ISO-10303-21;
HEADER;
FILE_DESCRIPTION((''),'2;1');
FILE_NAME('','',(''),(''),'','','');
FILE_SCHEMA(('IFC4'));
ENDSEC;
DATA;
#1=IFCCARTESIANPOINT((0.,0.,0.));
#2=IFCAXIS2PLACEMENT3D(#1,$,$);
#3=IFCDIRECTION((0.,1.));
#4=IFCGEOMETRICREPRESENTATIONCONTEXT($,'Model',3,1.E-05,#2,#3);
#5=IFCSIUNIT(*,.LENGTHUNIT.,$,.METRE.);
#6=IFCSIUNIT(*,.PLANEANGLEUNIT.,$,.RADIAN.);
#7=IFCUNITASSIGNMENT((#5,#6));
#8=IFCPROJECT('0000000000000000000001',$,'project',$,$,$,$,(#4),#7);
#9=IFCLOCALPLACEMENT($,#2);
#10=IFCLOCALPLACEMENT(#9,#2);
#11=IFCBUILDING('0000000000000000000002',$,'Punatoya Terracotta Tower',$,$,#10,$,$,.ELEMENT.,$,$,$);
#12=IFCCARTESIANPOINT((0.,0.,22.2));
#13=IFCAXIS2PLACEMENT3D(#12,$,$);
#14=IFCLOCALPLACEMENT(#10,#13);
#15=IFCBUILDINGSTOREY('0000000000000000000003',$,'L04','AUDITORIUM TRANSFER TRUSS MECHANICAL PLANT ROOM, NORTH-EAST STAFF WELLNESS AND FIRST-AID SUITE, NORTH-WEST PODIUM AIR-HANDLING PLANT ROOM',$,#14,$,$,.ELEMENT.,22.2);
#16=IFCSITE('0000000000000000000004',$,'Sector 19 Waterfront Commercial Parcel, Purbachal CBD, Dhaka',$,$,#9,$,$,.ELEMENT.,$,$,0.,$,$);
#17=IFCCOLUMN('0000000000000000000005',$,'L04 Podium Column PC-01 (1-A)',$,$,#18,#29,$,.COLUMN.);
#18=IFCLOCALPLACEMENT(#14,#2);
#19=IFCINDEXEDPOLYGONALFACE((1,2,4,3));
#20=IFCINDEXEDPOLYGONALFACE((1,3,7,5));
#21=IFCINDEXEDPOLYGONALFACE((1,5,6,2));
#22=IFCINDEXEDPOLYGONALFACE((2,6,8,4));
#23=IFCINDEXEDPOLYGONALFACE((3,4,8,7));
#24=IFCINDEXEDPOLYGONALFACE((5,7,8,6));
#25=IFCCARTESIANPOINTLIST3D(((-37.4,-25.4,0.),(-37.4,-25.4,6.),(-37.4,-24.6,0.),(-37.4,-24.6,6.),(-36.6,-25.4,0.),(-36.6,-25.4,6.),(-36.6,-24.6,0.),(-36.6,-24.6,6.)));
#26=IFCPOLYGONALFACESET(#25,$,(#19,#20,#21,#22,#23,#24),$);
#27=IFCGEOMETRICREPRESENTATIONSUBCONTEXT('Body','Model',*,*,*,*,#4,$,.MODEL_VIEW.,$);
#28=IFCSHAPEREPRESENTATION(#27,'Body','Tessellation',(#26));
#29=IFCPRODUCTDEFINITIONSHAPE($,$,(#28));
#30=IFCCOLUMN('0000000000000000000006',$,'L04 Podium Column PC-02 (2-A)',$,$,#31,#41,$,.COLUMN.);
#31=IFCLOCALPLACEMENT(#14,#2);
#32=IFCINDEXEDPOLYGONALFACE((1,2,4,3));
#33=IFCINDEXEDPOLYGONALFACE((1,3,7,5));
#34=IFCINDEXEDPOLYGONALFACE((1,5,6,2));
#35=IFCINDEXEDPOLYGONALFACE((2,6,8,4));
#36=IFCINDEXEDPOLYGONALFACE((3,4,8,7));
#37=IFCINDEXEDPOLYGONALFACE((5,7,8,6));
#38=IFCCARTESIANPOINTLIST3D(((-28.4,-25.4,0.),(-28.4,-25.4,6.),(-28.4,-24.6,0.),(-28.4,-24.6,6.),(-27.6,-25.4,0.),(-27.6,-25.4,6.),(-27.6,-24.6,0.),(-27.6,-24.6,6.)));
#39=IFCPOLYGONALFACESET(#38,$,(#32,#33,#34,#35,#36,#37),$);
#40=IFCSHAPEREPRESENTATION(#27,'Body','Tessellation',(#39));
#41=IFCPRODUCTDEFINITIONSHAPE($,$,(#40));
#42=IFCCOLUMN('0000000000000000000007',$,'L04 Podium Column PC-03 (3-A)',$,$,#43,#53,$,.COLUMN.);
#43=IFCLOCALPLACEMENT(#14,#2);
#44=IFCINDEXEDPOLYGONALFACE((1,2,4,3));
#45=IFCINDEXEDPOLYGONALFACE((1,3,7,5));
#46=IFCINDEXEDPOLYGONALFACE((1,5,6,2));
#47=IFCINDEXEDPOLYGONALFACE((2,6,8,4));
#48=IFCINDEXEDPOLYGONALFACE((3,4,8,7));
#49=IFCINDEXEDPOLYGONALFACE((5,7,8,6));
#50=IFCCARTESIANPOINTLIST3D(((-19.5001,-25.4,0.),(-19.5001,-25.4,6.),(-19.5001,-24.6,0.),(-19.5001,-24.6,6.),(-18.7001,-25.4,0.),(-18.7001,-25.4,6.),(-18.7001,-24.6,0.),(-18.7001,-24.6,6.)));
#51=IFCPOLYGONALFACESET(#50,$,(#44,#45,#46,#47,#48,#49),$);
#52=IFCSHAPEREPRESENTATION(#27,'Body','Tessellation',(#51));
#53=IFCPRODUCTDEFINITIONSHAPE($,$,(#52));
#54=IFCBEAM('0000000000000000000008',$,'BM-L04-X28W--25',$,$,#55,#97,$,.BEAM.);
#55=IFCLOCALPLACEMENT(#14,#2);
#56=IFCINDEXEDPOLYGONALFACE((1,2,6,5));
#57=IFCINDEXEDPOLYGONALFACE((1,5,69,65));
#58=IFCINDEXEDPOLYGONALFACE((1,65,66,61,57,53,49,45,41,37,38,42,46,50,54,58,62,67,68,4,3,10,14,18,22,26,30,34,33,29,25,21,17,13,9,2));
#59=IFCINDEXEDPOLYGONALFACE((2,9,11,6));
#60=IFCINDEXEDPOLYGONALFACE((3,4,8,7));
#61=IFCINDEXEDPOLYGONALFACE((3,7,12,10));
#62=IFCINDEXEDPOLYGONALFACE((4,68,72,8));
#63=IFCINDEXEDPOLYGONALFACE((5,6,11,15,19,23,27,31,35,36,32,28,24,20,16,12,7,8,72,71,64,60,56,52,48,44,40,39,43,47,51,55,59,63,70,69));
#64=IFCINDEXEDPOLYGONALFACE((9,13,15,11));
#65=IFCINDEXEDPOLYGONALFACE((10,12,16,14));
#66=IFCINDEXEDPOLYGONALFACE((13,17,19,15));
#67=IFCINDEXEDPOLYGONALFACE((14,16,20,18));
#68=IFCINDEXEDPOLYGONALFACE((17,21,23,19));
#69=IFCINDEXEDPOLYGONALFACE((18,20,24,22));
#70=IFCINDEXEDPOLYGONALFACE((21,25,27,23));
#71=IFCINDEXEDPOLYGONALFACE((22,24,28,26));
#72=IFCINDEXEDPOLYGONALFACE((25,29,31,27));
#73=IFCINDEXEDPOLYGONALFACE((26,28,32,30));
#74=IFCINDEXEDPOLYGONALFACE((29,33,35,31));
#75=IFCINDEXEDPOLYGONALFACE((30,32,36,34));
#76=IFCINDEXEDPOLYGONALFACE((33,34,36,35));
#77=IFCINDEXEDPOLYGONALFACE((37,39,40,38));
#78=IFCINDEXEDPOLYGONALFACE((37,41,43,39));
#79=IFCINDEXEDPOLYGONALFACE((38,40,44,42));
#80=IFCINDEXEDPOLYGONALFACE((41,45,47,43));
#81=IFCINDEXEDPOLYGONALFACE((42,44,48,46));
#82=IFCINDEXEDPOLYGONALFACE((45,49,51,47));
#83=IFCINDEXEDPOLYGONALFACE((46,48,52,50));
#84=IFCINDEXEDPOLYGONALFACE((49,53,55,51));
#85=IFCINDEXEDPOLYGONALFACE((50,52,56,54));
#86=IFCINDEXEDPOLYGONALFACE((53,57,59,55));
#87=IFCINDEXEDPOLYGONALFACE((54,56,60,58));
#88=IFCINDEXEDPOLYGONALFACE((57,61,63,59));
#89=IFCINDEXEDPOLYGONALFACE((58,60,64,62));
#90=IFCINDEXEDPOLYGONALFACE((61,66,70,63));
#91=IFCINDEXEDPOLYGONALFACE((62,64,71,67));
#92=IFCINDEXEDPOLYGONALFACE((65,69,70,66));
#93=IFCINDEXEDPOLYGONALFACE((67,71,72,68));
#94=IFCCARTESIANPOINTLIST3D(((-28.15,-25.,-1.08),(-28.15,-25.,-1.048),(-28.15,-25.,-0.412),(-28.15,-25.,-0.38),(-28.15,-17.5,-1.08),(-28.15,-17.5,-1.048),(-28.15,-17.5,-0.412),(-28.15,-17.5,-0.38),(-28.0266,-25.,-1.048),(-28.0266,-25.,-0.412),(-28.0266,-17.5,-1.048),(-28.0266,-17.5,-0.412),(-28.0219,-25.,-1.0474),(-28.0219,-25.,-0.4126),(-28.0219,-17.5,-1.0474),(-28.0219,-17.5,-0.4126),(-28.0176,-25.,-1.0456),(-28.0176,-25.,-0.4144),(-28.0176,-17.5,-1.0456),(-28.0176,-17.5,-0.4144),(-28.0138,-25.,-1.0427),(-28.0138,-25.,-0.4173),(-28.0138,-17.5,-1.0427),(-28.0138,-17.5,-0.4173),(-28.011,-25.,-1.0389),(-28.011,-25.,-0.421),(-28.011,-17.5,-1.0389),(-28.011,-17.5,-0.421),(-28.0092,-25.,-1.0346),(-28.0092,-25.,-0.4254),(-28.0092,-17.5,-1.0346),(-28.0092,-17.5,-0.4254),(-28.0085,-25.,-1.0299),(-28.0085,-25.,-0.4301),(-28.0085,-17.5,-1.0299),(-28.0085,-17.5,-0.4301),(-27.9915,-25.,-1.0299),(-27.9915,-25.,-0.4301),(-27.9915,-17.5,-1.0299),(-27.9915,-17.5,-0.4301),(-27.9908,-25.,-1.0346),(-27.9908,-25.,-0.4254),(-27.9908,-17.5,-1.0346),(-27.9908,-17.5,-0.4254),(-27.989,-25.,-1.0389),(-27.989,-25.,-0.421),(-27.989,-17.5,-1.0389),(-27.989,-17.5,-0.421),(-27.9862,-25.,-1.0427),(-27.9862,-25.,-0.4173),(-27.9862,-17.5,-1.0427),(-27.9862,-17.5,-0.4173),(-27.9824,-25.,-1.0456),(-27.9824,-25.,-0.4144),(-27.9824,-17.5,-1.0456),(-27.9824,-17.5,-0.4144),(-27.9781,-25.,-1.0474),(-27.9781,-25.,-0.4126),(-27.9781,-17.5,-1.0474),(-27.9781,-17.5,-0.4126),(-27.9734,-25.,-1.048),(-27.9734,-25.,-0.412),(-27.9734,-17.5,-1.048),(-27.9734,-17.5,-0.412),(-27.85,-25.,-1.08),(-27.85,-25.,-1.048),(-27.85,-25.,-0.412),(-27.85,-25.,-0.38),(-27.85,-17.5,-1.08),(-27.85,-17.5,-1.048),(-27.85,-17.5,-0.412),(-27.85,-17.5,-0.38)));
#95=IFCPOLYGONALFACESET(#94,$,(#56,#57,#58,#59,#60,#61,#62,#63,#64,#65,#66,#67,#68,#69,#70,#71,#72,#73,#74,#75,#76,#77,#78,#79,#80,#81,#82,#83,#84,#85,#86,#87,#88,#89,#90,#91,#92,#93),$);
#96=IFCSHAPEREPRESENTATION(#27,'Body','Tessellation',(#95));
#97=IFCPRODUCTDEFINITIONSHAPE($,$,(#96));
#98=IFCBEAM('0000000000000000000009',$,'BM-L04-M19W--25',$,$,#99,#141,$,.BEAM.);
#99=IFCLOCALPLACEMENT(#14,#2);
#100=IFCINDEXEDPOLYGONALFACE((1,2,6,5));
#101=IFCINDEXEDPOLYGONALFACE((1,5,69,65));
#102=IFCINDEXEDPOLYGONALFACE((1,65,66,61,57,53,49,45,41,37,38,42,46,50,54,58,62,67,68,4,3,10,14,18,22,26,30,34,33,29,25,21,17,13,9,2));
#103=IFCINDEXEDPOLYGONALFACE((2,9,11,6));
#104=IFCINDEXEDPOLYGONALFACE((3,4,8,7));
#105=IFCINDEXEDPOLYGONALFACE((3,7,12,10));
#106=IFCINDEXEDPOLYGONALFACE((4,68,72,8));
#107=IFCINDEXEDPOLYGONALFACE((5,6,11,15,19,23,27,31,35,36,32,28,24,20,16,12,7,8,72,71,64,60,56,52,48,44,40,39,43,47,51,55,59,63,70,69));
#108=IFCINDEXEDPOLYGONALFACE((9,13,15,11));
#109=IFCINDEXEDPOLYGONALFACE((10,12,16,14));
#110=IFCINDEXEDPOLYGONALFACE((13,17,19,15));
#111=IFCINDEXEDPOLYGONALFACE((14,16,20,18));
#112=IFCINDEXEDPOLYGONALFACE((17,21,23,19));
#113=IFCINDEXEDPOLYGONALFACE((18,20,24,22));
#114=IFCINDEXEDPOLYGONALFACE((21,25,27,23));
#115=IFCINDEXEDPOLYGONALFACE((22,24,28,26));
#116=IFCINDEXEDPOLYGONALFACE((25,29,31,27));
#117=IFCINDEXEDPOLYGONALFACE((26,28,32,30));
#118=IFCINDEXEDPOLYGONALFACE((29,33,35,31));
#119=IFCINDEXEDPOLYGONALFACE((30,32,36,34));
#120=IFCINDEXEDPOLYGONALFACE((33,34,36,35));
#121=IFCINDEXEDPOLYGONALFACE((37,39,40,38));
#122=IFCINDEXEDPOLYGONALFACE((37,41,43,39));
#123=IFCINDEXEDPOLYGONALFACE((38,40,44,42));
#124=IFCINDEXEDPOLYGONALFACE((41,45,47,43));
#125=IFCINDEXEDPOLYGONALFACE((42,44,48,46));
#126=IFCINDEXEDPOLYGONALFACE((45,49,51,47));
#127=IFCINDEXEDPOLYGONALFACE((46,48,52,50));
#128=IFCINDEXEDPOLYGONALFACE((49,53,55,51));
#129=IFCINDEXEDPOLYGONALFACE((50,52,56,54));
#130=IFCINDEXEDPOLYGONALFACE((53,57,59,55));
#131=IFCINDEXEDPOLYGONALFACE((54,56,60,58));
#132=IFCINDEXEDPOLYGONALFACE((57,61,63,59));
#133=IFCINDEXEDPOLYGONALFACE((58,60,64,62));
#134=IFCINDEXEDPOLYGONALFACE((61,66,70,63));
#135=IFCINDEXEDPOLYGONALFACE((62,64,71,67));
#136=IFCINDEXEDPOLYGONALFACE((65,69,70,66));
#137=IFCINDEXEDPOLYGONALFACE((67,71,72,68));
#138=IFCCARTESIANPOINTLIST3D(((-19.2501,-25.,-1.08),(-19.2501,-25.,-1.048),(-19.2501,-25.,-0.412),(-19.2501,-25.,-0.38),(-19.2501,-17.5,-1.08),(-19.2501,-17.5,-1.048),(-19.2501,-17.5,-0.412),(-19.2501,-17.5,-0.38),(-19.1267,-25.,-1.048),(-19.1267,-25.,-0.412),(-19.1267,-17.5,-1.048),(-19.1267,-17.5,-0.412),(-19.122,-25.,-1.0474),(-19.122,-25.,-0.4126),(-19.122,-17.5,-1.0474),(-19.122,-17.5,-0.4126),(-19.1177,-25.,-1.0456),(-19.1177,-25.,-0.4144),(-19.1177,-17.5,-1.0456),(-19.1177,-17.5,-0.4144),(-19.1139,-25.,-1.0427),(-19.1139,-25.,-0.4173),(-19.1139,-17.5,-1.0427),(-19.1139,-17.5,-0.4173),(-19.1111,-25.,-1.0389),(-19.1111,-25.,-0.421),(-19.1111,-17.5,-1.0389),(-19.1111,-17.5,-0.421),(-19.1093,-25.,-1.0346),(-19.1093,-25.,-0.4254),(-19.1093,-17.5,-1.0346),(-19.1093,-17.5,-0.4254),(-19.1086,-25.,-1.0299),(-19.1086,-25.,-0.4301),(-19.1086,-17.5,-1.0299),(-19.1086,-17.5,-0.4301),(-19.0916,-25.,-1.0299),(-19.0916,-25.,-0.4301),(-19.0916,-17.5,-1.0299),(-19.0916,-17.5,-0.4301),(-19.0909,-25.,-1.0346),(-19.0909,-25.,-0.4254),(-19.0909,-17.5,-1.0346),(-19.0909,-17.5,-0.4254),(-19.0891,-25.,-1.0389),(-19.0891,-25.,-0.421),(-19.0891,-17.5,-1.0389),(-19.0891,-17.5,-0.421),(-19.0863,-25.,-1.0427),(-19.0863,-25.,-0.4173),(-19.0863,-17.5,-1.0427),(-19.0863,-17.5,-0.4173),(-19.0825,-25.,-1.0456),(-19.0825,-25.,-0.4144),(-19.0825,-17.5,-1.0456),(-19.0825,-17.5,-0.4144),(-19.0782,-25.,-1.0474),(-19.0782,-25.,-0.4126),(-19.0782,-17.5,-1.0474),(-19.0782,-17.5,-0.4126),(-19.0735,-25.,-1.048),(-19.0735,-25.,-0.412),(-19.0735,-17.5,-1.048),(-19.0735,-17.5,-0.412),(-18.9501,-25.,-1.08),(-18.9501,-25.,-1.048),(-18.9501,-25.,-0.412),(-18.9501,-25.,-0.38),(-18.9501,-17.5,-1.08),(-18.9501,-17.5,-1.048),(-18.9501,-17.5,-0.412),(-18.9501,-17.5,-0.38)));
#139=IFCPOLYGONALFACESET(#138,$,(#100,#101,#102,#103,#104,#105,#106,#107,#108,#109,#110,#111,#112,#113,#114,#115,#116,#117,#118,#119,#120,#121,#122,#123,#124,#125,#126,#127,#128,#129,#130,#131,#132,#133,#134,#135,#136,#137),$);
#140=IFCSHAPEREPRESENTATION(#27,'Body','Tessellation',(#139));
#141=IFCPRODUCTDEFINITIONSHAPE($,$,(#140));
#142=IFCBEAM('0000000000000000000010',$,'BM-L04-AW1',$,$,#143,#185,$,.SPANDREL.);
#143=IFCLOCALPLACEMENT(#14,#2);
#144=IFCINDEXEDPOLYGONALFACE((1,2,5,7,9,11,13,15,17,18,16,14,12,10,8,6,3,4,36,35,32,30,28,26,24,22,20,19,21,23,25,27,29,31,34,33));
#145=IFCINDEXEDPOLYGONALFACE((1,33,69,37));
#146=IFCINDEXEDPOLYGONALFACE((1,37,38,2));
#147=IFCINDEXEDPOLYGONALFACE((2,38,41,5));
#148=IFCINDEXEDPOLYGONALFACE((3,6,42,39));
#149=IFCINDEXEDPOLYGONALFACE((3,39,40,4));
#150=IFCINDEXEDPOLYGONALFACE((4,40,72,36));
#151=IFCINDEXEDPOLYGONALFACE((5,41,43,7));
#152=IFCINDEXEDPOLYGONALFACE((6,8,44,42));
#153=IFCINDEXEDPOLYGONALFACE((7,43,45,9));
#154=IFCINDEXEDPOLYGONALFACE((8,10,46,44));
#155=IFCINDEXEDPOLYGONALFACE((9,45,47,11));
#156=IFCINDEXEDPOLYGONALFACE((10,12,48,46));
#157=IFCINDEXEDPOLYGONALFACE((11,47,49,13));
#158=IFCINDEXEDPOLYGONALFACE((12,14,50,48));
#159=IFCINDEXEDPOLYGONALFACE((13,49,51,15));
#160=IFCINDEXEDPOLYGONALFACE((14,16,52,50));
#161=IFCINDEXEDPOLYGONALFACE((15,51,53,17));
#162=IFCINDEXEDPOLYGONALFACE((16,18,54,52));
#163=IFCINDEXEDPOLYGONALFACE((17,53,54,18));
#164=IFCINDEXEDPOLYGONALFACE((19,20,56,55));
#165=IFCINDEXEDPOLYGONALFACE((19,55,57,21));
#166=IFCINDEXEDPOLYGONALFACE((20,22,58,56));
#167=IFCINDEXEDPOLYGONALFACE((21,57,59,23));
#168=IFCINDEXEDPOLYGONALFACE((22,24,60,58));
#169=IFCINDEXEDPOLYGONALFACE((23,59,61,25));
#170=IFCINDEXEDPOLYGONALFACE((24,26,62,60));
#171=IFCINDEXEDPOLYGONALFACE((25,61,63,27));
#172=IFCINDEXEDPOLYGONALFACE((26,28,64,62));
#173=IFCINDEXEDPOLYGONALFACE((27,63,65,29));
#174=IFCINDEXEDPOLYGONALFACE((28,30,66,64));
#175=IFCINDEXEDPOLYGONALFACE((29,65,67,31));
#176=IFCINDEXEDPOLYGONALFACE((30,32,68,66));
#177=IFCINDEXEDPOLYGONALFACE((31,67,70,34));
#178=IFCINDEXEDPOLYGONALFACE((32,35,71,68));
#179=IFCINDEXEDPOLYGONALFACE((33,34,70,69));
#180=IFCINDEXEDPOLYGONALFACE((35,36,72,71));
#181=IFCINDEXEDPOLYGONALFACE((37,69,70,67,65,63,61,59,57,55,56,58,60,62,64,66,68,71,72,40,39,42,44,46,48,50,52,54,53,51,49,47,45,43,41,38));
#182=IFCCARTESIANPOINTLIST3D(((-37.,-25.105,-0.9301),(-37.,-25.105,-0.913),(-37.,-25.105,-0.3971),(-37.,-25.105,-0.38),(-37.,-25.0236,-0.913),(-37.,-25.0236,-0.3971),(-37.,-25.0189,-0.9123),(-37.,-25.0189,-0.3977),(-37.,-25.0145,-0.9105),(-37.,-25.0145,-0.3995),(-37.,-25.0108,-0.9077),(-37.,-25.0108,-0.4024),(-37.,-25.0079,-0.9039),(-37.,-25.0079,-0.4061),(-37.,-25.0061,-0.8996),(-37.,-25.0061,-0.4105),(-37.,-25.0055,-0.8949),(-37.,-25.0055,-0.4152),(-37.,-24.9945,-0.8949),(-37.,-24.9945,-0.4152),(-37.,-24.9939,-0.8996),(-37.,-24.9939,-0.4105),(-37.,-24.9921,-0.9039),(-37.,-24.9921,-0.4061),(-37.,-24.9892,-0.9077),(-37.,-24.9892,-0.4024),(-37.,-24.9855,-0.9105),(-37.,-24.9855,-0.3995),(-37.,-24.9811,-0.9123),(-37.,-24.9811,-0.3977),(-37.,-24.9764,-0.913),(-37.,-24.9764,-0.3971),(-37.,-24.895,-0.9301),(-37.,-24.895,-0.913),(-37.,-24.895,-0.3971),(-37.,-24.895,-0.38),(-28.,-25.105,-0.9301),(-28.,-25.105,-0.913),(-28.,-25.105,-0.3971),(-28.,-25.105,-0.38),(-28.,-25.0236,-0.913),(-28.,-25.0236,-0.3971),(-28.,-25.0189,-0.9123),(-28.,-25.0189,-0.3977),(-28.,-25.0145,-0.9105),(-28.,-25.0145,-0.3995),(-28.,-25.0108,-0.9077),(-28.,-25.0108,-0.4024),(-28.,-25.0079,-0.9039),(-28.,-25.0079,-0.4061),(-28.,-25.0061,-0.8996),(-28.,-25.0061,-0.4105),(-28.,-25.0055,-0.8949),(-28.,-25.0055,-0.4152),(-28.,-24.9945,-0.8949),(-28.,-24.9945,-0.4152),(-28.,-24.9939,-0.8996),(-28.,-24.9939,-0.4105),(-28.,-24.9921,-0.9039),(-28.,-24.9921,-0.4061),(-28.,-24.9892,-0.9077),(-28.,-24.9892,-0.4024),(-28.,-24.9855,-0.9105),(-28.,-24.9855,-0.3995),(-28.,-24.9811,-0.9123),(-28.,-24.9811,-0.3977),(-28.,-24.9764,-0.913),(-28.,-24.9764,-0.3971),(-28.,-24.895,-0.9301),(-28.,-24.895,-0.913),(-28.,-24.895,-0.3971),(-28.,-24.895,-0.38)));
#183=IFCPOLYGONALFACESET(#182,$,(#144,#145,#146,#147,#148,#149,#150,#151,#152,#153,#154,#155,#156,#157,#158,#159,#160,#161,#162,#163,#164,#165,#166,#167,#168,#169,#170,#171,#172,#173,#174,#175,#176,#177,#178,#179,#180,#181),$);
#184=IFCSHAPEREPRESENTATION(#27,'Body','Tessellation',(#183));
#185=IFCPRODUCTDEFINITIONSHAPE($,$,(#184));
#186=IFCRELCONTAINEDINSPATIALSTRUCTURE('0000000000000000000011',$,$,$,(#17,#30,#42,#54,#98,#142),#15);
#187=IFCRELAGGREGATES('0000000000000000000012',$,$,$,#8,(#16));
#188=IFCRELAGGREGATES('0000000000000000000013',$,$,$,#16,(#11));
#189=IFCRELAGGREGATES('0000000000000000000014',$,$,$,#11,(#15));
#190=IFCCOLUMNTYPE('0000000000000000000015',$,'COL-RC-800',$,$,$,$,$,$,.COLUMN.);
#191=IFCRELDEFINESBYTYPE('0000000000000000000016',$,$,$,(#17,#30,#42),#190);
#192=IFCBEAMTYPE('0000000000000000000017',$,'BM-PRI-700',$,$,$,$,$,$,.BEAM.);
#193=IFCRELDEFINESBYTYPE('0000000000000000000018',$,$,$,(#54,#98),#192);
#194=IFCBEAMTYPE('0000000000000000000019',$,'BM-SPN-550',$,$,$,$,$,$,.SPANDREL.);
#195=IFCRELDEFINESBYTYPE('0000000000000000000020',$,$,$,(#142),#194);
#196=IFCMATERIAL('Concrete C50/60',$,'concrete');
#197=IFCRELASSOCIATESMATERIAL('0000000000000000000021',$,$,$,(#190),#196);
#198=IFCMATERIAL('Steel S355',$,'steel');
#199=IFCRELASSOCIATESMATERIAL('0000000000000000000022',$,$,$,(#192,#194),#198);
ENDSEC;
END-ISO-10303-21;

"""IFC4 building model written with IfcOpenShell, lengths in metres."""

from ifc_helpers import new_model, si_unit, direction, frame, origin, origin_2d, place, context, subcontext, project, spatial, rectangle, i_section, extrude, material, material_profile, profile_set, type_object, element, save


model = new_model("IFC4")

# Units and contexts
model_context = context("Model", 3, precision=1e-05, world=origin(), true_north=direction((0.0, 1.0)))
body_context = subcontext(model_context, "Body", "Model", "MODEL_VIEW")
ifc_project = project(units=[si_unit("LENGTHUNIT", "METRE"), si_unit("PLANEANGLEUNIT", "RADIAN")], contexts=[model_context])

# Site, building, storey
site_placement = place(None, origin())
site = spatial("IfcSite", under=ifc_project, at=site_placement, Name="Sector 19 Waterfront Commercial Parcel, Purbachal CBD, Dhaka", CompositionType="ELEMENT", RefElevation=0.0)
building_placement = place(site_placement, origin())
building = spatial("IfcBuilding", under=site, at=building_placement, Name="Punatoya Terracotta Tower", CompositionType="ELEMENT")
storey_placement = place(building_placement, frame((0.0, 0.0, 22.2)))
storey = spatial("IfcBuildingStorey", under=building, at=storey_placement, Name="L04", Description="AUDITORIUM TRANSFER TRUSS MECHANICAL PLANT ROOM, NORTH-EAST STAFF WELLNESS AND FIRST-AID SUITE, NORTH-WEST PODIUM AIR-HANDLING PLANT ROOM", CompositionType="ELEMENT", Elevation=22.2)

# Columns
ifc_material_1 = material(Name="Concrete C50/60", Category="concrete")
ifc_material_profile_1 = material_profile(ifc_material_1, rectangle(XDim=0.8, YDim=0.8, at=origin_2d()))
ifc_profile_set_1 = profile_set([ifc_material_profile_1], Name="Concrete C50/60")
column_type = type_object("IfcColumnType", Name="COL-RC-800", PredefinedType="COLUMN", material=ifc_profile_set_1)
for number, where, z_axis, x_axis, name in (
    (1, (-37.0, -25.0, 0.0), (0.0, 0.0, 1.0), (1.0, 0.0, 0.0), "L04 Podium Column PC-01 (1-A)"),
    (2, (-28.0, -25.0, 0.0), (0.0, 0.0, 1.0), (1.0, 0.0, 0.0), "L04 Podium Column PC-02 (2-A)"),
    (3, (-19.1001, -25.0, 0.0), (0.0, 0.0, 1.0), (1.0, 0.0, 0.0), "L04 Podium Column PC-03 (3-A)"),
):
    element("IfcColumn", number, at=place(storey_placement, frame(where, z_axis=z_axis, x_axis=x_axis)), inside=storey, type_object=column_type, Name=name, PredefinedType="COLUMN", context=body_context, shape_type="SweptSolid", body=[
        extrude(rectangle(XDim=0.8, YDim=0.8, at=origin_2d()), origin(), (0.0, 0.0, 1.0), 6.0),
    ])

# Beams
ifc_material_2 = material(Name="Steel S355", Category="steel")
ifc_material_profile_2 = material_profile(ifc_material_2, i_section(OverallWidth=0.3, OverallDepth=0.7, WebThickness=0.0171, FlangeThickness=0.032, FilletRadius=0.0181, at=origin_2d()))
ifc_profile_set_2 = profile_set([ifc_material_profile_2], Name="Steel S355")
beam_type_1 = type_object("IfcBeamType", Name="BM-PRI-700", PredefinedType="BEAM", material=ifc_profile_set_2)
for number, where, z_axis, x_axis, name in (
    (4, (-28.0, -25.0, -0.73), (0.0, 1.0, 0.0), (-1.0, 0.0, 0.0), "BM-L04-X28W--25"),
    (5, (-19.1001, -25.0, -0.73), (0.0, 1.0, 0.0), (-1.0, 0.0, 0.0), "BM-L04-M19W--25"),
):
    element("IfcBeam", number, at=place(storey_placement, frame(where, z_axis=z_axis, x_axis=x_axis)), inside=storey, type_object=beam_type_1, Name=name, PredefinedType="BEAM", context=body_context, shape_type="SweptSolid", body=[
        extrude(i_section(OverallWidth=0.3, OverallDepth=0.7, WebThickness=0.0171, FlangeThickness=0.032, FilletRadius=0.0181, at=origin_2d()), origin(), (0.0, 0.0, 1.0), 7.5),
    ])
ifc_material_profile_3 = material_profile(ifc_material_2, i_section(OverallWidth=0.21, OverallDepth=0.55, WebThickness=0.011, FlangeThickness=0.0171, FilletRadius=0.0181, at=origin_2d()))
ifc_profile_set_3 = profile_set([ifc_material_profile_3], Name="Steel S355")
beam_type_2 = type_object("IfcBeamType", Name="BM-SPN-550", PredefinedType="SPANDREL", material=ifc_profile_set_3)
beam_1_placement = place(storey_placement, frame((-37.0, -25.0, -0.655), z_axis=(1.0, 0.0, 0.0), x_axis=(0.0, 1.0, 0.0)))
element("IfcBeam", 6, at=beam_1_placement, inside=storey, type_object=beam_type_2, Name="BM-L04-AW1", PredefinedType="SPANDREL", context=body_context, shape_type="SweptSolid", body=[
    extrude(i_section(OverallWidth=0.21, OverallDepth=0.55, WebThickness=0.011, FlangeThickness=0.0171, FilletRadius=0.0181, at=origin_2d()), origin(), (0.0, 0.0, 1.0), 9.0),
])

save(model, "model.ifc")
